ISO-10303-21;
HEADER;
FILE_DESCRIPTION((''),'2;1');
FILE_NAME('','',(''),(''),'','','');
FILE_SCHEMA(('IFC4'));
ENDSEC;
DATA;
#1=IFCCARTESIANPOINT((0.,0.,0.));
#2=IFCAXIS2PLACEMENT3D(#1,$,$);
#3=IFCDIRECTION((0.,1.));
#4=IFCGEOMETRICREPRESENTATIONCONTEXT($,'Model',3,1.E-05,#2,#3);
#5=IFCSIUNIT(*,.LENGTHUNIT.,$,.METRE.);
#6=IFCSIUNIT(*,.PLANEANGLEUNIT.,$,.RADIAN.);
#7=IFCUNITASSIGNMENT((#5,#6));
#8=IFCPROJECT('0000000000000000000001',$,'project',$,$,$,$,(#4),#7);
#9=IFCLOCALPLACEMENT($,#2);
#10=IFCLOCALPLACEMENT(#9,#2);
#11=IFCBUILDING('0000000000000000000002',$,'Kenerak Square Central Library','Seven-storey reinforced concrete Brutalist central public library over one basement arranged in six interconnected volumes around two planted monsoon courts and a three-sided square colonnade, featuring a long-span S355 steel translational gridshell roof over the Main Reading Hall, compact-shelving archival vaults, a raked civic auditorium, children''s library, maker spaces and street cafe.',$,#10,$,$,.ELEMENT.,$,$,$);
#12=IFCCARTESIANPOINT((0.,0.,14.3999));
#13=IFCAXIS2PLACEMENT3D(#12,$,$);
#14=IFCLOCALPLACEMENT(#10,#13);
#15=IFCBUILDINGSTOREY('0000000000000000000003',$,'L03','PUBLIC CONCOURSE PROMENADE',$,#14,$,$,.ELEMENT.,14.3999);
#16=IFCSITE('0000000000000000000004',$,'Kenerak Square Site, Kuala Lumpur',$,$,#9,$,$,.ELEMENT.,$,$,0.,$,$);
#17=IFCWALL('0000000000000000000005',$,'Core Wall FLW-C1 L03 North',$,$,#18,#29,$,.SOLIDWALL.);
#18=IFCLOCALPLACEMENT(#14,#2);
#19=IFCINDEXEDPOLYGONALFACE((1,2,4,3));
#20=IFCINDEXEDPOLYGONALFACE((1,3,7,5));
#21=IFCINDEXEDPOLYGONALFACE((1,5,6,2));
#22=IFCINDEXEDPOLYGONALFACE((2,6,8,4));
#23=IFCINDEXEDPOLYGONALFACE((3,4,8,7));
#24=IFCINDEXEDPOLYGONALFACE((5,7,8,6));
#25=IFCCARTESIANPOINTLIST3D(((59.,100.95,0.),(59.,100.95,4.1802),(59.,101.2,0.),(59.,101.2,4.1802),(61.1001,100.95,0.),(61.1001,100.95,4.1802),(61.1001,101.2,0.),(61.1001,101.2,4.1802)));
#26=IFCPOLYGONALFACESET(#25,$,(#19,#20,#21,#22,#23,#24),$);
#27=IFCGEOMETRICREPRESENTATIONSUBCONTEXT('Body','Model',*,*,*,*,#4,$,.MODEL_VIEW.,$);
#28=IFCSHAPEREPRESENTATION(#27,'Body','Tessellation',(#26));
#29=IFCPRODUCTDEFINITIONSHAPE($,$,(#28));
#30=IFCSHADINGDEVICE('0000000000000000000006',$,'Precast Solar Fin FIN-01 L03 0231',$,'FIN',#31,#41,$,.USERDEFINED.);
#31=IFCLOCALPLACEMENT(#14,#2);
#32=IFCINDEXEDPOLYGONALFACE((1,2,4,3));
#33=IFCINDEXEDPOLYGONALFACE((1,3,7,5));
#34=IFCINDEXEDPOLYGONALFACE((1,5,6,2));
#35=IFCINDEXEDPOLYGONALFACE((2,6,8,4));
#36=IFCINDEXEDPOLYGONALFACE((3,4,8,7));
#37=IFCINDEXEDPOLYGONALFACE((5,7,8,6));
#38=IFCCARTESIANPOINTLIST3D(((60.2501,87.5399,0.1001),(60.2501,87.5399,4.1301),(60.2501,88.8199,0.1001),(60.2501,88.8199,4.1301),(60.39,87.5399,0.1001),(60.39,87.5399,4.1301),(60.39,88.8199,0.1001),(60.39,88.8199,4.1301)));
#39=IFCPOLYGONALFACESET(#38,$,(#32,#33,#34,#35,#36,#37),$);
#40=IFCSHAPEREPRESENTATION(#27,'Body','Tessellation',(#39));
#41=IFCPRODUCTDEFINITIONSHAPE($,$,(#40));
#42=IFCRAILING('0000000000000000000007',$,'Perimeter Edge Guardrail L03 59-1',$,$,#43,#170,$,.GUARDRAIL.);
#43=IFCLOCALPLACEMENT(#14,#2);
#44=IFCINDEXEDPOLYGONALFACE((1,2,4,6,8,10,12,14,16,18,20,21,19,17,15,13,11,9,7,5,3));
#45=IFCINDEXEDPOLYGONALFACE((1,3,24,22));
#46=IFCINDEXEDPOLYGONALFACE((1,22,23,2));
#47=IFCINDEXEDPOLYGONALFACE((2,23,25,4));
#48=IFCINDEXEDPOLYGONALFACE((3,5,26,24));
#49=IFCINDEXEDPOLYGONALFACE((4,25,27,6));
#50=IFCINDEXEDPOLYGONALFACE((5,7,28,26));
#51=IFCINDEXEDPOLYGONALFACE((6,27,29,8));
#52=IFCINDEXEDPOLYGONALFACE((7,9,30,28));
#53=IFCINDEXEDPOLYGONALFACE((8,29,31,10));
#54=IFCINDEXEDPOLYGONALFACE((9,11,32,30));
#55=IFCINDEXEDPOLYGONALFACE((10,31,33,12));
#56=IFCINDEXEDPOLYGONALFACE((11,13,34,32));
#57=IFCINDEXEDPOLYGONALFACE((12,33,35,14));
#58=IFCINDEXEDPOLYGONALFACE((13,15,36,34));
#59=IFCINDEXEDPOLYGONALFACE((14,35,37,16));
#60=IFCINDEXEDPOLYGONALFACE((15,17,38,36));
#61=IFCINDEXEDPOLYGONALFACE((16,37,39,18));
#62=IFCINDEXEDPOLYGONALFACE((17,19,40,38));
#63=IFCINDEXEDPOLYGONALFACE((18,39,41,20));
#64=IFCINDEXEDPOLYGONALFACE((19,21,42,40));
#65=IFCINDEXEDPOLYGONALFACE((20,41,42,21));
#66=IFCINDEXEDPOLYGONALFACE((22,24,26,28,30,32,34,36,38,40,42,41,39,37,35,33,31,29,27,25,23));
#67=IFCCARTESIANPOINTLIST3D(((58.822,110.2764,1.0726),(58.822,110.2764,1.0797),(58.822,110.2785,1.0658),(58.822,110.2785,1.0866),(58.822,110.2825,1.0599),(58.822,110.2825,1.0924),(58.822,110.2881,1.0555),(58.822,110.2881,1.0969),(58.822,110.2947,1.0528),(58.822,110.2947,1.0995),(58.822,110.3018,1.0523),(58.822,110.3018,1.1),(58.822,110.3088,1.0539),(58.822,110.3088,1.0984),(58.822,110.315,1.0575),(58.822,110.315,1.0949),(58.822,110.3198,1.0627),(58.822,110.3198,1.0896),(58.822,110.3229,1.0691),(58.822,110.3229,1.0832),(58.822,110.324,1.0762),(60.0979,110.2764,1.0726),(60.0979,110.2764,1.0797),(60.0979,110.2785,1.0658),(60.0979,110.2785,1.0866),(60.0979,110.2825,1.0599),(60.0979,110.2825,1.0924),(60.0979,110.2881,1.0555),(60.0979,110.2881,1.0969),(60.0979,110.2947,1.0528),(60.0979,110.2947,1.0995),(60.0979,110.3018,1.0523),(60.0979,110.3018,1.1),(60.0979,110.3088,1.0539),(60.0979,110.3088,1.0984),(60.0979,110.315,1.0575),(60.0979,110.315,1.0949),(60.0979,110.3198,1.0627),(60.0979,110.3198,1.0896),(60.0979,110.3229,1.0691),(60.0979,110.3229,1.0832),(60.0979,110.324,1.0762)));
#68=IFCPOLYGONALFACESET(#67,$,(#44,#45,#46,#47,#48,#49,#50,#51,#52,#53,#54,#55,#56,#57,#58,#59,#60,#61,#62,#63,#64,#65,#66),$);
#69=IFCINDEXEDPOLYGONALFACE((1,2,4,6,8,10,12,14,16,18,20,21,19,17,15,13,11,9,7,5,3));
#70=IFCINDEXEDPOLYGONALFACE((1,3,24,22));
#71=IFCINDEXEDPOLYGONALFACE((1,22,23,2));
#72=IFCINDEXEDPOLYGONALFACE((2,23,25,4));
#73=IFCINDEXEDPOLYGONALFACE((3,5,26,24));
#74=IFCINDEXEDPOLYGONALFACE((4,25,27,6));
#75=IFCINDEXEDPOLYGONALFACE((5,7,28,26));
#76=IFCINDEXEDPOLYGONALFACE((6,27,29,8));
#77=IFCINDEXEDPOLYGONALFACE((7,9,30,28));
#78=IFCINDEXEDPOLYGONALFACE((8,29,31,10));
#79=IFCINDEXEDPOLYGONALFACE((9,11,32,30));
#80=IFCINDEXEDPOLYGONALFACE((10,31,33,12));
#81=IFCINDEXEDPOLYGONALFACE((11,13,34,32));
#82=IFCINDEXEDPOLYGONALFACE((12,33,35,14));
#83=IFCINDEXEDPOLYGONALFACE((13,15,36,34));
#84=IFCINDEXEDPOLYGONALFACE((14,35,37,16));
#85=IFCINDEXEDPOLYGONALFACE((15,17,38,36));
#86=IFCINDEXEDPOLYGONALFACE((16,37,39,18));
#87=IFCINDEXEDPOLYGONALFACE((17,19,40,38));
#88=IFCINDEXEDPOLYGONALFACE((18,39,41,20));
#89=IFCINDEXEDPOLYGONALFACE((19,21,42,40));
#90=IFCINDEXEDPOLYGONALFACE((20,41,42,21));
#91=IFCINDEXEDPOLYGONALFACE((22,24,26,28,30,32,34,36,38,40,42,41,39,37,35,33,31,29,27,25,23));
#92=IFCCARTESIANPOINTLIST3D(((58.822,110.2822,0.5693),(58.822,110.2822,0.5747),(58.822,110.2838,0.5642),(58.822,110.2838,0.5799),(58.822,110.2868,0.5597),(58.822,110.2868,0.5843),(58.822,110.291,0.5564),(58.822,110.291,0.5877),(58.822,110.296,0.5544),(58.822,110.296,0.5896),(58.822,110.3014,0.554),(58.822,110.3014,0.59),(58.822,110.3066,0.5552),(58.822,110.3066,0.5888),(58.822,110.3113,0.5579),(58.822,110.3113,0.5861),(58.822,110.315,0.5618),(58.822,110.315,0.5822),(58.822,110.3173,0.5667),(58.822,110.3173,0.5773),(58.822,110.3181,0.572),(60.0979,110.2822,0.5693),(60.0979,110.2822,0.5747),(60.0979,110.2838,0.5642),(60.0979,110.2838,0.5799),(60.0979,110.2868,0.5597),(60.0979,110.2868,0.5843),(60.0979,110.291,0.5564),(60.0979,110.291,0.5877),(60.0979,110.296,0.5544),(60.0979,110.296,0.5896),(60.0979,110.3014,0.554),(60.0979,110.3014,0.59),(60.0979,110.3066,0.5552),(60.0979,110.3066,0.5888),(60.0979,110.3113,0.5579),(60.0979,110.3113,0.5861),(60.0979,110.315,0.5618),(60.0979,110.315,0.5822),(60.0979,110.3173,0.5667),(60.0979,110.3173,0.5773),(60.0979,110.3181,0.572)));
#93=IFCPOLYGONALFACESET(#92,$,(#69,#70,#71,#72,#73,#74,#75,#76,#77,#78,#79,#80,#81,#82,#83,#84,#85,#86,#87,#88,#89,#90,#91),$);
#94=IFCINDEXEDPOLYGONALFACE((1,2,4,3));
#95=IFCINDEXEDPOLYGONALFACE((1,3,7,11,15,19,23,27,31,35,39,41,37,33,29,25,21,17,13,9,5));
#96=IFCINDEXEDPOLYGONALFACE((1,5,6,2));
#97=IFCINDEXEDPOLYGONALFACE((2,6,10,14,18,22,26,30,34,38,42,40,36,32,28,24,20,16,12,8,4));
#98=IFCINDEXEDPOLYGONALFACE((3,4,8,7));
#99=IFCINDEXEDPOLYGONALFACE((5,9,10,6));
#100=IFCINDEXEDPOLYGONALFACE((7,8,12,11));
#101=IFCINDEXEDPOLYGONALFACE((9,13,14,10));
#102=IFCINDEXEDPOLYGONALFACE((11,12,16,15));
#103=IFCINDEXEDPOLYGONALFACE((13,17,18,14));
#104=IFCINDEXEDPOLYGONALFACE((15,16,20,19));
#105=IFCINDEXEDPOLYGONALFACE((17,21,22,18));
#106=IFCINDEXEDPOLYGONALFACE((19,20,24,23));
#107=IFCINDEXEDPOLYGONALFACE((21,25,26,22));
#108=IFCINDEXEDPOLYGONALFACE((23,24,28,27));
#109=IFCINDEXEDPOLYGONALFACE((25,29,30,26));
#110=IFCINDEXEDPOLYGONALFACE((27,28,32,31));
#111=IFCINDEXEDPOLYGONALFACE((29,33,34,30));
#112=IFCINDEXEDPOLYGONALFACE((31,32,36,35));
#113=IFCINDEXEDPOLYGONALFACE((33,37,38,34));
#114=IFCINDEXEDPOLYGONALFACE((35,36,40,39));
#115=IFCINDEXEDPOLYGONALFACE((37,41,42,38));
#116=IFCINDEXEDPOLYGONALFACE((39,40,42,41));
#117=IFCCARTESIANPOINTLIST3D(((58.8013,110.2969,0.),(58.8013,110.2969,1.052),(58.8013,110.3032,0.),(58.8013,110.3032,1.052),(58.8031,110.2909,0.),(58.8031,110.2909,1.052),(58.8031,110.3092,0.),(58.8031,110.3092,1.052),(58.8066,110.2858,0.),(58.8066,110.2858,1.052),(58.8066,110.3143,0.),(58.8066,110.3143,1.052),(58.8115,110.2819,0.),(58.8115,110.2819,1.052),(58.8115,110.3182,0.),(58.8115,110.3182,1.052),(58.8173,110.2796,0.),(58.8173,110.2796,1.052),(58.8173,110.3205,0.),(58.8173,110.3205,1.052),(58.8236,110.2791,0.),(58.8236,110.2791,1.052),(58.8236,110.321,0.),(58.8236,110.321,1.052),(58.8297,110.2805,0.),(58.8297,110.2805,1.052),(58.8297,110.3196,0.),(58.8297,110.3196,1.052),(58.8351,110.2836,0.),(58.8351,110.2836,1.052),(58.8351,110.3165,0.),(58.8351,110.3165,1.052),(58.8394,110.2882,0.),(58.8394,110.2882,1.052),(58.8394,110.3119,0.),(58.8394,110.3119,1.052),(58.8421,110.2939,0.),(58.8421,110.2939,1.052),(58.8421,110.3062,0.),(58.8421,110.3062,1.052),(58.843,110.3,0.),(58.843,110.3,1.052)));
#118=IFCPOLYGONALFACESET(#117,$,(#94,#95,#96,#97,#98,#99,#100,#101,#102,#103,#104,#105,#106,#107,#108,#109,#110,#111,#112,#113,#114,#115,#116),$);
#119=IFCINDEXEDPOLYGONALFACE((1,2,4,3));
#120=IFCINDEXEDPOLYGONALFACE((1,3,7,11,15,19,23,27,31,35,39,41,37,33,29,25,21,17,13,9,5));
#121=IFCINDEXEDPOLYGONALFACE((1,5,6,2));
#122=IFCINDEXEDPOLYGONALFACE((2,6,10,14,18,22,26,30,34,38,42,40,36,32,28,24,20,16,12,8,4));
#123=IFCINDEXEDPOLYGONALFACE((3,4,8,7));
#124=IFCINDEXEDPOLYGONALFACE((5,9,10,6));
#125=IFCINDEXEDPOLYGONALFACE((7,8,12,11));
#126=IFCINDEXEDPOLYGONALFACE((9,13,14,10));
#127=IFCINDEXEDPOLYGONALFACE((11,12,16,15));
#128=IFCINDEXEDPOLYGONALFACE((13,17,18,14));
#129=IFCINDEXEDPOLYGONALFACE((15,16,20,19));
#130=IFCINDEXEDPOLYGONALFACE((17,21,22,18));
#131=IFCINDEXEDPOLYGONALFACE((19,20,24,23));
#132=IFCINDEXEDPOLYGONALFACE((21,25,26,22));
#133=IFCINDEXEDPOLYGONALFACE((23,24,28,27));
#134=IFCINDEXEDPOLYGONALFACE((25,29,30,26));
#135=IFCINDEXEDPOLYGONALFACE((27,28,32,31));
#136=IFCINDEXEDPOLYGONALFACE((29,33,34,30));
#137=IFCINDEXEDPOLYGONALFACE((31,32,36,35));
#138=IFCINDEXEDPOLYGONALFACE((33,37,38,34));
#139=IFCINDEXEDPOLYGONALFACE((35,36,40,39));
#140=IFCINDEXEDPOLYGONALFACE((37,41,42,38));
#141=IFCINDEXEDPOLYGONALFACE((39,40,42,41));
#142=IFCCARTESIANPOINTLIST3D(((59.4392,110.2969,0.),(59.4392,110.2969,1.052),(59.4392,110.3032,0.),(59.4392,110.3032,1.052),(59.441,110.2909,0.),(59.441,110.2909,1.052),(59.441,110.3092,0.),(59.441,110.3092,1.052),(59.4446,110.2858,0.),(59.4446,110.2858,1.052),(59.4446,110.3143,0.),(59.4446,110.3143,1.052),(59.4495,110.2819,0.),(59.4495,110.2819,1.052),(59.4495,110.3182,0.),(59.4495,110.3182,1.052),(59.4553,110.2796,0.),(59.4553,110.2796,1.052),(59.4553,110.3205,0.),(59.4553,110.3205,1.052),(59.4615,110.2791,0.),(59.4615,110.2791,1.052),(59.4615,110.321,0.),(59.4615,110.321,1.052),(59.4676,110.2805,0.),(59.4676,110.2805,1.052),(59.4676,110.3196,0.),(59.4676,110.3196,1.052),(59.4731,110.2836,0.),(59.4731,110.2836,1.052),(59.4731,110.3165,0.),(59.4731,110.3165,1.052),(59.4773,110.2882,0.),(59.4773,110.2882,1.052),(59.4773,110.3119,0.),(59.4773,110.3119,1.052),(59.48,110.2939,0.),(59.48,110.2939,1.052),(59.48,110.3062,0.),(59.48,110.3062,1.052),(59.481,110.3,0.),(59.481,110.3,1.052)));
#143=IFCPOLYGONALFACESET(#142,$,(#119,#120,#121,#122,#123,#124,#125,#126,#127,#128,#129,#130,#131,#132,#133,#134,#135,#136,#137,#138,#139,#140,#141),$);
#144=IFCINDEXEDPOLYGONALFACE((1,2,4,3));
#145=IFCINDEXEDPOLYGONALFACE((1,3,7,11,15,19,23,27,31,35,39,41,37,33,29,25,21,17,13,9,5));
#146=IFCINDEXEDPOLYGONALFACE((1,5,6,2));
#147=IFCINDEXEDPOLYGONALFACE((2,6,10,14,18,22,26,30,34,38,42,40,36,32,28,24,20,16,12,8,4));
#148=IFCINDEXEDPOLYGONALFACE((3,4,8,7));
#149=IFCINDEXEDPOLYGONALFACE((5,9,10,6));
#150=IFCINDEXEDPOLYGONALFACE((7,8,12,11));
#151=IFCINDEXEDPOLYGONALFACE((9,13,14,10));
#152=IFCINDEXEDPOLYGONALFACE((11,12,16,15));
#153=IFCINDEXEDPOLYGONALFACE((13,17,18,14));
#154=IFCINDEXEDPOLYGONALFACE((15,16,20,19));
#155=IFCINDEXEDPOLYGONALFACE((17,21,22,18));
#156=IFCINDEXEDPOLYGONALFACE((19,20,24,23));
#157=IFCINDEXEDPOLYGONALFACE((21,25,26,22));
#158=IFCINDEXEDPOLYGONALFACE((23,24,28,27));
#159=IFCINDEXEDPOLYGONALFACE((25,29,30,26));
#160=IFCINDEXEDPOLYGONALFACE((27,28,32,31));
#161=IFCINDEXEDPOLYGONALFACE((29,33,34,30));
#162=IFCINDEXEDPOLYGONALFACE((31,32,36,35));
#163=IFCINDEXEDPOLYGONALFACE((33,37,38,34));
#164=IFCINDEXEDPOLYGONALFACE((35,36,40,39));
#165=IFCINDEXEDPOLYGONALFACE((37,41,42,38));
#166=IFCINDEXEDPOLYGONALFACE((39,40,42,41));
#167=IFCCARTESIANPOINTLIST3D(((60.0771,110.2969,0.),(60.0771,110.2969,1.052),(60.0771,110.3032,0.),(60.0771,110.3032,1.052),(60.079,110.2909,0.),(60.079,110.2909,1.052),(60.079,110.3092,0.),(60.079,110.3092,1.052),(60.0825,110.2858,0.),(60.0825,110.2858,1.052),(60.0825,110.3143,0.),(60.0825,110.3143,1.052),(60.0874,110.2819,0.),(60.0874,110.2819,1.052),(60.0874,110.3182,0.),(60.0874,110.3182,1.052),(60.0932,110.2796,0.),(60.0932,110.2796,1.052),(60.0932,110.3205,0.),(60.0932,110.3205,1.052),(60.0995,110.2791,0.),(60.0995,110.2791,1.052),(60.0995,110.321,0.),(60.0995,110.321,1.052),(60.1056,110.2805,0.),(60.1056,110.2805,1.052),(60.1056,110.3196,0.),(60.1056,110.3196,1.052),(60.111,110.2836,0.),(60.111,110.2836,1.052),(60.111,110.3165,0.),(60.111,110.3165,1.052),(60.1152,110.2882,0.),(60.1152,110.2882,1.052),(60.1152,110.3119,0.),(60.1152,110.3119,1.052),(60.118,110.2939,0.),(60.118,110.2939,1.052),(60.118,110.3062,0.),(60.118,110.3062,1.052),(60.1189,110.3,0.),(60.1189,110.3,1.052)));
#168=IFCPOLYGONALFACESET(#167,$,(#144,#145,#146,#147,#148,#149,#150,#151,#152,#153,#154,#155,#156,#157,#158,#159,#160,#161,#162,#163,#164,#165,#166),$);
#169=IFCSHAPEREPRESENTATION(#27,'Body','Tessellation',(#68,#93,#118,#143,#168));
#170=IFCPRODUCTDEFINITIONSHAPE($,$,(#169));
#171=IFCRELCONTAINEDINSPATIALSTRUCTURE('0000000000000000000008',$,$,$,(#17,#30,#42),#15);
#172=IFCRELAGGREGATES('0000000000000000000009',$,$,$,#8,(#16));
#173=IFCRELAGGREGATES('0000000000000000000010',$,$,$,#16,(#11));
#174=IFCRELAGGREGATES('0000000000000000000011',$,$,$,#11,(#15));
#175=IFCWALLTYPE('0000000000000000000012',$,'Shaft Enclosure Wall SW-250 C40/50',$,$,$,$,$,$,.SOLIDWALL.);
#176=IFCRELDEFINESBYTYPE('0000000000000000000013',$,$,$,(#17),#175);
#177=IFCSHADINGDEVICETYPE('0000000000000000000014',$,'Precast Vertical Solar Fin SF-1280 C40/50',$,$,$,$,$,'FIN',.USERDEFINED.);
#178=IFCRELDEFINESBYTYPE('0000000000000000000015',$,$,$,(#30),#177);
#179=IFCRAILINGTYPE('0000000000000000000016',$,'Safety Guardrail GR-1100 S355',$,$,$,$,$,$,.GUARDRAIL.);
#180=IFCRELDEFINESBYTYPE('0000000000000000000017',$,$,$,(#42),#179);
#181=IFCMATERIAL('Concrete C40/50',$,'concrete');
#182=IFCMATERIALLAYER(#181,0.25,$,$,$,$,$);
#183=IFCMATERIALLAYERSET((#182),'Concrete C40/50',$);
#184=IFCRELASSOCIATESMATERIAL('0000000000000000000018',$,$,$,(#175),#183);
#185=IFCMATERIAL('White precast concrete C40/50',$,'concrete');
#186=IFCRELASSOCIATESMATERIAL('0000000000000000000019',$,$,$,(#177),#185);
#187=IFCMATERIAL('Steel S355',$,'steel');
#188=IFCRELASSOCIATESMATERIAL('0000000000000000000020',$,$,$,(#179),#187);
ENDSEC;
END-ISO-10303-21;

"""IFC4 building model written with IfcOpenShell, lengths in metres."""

from ifc_helpers import new_model, si_unit, direction, frame, frame_2d, origin, origin_2d, place, context, subcontext, project, spatial, rectangle, circle, extrude, material, layer, layer_set, type_object, element, save


model = new_model("IFC4")

# Units and contexts
model_context = context("Model", 3, precision=1e-05, world=origin(), true_north=direction((0.0, 1.0)))
body_context = subcontext(model_context, "Body", "Model", "MODEL_VIEW")
ifc_project = project(units=[si_unit("LENGTHUNIT", "METRE"), si_unit("PLANEANGLEUNIT", "RADIAN")], contexts=[model_context])

# Site, building, storey
site_placement = place(None, origin())
site = spatial("IfcSite", under=ifc_project, at=site_placement, Name="Kenerak Square Site, Kuala Lumpur", CompositionType="ELEMENT", RefElevation=0.0)
building_placement = place(site_placement, origin())
building = spatial("IfcBuilding", under=site, at=building_placement, Name="Kenerak Square Central Library", Description="Seven-storey reinforced concrete Brutalist central public library over one basement arranged in six interconnected volumes around two planted monsoon courts and a three-sided square colonnade, featuring a long-span S355 steel translational gridshell roof over the Main Reading Hall, compact-shelving archival vaults, a raked civic auditorium, children's library, maker spaces and street cafe.", CompositionType="ELEMENT")
storey_placement = place(building_placement, frame((0.0, 0.0, 14.3999)))
storey = spatial("IfcBuildingStorey", under=building, at=storey_placement, Name="L03", Description="PUBLIC CONCOURSE PROMENADE", CompositionType="ELEMENT", Elevation=14.3999)

# Shared definitions
ifc_material_1 = material(Name="Concrete C40/50", Category="concrete")

# Wall
ifc_layer_1 = layer(ifc_material_1, 0.25)
ifc_layer_set_1 = layer_set([ifc_layer_1], Name="Concrete C40/50")
wall_type_1 = type_object("IfcWallType", Name="Shaft Enclosure Wall SW-250 C40/50", PredefinedType="SOLIDWALL", material=ifc_layer_set_1)
wall_1_placement = place(storey_placement, frame((59.0, 101.075, 0.0), z_axis=(0.0, 0.0, 1.0), x_axis=(1.0, 0.0, 0.0)))
element("IfcWall", 1, at=wall_1_placement, inside=storey, type_object=wall_type_1, Name="Core Wall FLW-C1 L03 North", PredefinedType="SOLIDWALL", context=body_context, shape_type="SweptSolid", body=[
    extrude(rectangle(XDim=2.1001, YDim=0.25, at=frame_2d((1.05, 0.0))), origin(), (0.0, 0.0, 1.0), 4.1802),
])

# Shading device
ifc_material_2 = material(Name="White precast concrete C40/50", Category="concrete")
shading_device_type = type_object("IfcShadingDeviceType", Name="Precast Vertical Solar Fin SF-1280 C40/50", ElementType="FIN", PredefinedType="USERDEFINED", material=ifc_material_2)
shading_device_placement = place(storey_placement, frame((60.3201, 88.1799, 0.1001), z_axis=(0.0, 0.0, 1.0), x_axis=(-1.0, 0.0, 0.0)))
element("IfcShadingDevice", 2, at=shading_device_placement, inside=storey, type_object=shading_device_type, Name="Precast Solar Fin FIN-01 L03 0231", ObjectType="FIN", PredefinedType="USERDEFINED", context=body_context, shape_type="SweptSolid", body=[
    extrude(rectangle(XDim=0.1399, YDim=1.28, at=origin_2d()), origin(), (0.0, 0.0, 1.0), 4.03),
])

# Railing
ifc_material_3 = material(Name="Steel S355", Category="steel")
railing_type_1 = type_object("IfcRailingType", Name="Safety Guardrail GR-1100 S355", PredefinedType="GUARDRAIL", material=ifc_material_3)
railing_1_placement = place(storey_placement, frame((58.822, 110.3, 0.0)))
element("IfcRailing", 3, at=railing_1_placement, inside=storey, type_object=railing_type_1, Name="Perimeter Edge Guardrail L03 59-1", PredefinedType="GUARDRAIL", context=body_context, shape_type="SweptSolid", body=[
    extrude(circle(Radius=0.0239, at=origin_2d()), frame((0.0, 0.0, 1.0762), z_axis=(1.0, 0.0, 0.0), x_axis=(0.0, 1.0, 0.0)), (0.0, 0.0, 1.0), 1.2759),
    extrude(circle(Radius=0.0181, at=origin_2d()), frame((0.0, 0.0, 0.572), z_axis=(1.0, 0.0, 0.0), x_axis=(0.0, 1.0, 0.0)), (0.0, 0.0, 1.0), 1.2759),
    extrude(circle(Radius=0.021, at=origin_2d()), origin(), (0.0, 0.0, 1.0), 1.052),
    extrude(circle(Radius=0.021, at=origin_2d()), frame((0.6379, 0.0, 0.0)), (0.0, 0.0, 1.0), 1.052),
    extrude(circle(Radius=0.021, at=origin_2d()), frame((1.2759, 0.0, 0.0)), (0.0, 0.0, 1.0), 1.052),
])

save(model, "model.ifc")
